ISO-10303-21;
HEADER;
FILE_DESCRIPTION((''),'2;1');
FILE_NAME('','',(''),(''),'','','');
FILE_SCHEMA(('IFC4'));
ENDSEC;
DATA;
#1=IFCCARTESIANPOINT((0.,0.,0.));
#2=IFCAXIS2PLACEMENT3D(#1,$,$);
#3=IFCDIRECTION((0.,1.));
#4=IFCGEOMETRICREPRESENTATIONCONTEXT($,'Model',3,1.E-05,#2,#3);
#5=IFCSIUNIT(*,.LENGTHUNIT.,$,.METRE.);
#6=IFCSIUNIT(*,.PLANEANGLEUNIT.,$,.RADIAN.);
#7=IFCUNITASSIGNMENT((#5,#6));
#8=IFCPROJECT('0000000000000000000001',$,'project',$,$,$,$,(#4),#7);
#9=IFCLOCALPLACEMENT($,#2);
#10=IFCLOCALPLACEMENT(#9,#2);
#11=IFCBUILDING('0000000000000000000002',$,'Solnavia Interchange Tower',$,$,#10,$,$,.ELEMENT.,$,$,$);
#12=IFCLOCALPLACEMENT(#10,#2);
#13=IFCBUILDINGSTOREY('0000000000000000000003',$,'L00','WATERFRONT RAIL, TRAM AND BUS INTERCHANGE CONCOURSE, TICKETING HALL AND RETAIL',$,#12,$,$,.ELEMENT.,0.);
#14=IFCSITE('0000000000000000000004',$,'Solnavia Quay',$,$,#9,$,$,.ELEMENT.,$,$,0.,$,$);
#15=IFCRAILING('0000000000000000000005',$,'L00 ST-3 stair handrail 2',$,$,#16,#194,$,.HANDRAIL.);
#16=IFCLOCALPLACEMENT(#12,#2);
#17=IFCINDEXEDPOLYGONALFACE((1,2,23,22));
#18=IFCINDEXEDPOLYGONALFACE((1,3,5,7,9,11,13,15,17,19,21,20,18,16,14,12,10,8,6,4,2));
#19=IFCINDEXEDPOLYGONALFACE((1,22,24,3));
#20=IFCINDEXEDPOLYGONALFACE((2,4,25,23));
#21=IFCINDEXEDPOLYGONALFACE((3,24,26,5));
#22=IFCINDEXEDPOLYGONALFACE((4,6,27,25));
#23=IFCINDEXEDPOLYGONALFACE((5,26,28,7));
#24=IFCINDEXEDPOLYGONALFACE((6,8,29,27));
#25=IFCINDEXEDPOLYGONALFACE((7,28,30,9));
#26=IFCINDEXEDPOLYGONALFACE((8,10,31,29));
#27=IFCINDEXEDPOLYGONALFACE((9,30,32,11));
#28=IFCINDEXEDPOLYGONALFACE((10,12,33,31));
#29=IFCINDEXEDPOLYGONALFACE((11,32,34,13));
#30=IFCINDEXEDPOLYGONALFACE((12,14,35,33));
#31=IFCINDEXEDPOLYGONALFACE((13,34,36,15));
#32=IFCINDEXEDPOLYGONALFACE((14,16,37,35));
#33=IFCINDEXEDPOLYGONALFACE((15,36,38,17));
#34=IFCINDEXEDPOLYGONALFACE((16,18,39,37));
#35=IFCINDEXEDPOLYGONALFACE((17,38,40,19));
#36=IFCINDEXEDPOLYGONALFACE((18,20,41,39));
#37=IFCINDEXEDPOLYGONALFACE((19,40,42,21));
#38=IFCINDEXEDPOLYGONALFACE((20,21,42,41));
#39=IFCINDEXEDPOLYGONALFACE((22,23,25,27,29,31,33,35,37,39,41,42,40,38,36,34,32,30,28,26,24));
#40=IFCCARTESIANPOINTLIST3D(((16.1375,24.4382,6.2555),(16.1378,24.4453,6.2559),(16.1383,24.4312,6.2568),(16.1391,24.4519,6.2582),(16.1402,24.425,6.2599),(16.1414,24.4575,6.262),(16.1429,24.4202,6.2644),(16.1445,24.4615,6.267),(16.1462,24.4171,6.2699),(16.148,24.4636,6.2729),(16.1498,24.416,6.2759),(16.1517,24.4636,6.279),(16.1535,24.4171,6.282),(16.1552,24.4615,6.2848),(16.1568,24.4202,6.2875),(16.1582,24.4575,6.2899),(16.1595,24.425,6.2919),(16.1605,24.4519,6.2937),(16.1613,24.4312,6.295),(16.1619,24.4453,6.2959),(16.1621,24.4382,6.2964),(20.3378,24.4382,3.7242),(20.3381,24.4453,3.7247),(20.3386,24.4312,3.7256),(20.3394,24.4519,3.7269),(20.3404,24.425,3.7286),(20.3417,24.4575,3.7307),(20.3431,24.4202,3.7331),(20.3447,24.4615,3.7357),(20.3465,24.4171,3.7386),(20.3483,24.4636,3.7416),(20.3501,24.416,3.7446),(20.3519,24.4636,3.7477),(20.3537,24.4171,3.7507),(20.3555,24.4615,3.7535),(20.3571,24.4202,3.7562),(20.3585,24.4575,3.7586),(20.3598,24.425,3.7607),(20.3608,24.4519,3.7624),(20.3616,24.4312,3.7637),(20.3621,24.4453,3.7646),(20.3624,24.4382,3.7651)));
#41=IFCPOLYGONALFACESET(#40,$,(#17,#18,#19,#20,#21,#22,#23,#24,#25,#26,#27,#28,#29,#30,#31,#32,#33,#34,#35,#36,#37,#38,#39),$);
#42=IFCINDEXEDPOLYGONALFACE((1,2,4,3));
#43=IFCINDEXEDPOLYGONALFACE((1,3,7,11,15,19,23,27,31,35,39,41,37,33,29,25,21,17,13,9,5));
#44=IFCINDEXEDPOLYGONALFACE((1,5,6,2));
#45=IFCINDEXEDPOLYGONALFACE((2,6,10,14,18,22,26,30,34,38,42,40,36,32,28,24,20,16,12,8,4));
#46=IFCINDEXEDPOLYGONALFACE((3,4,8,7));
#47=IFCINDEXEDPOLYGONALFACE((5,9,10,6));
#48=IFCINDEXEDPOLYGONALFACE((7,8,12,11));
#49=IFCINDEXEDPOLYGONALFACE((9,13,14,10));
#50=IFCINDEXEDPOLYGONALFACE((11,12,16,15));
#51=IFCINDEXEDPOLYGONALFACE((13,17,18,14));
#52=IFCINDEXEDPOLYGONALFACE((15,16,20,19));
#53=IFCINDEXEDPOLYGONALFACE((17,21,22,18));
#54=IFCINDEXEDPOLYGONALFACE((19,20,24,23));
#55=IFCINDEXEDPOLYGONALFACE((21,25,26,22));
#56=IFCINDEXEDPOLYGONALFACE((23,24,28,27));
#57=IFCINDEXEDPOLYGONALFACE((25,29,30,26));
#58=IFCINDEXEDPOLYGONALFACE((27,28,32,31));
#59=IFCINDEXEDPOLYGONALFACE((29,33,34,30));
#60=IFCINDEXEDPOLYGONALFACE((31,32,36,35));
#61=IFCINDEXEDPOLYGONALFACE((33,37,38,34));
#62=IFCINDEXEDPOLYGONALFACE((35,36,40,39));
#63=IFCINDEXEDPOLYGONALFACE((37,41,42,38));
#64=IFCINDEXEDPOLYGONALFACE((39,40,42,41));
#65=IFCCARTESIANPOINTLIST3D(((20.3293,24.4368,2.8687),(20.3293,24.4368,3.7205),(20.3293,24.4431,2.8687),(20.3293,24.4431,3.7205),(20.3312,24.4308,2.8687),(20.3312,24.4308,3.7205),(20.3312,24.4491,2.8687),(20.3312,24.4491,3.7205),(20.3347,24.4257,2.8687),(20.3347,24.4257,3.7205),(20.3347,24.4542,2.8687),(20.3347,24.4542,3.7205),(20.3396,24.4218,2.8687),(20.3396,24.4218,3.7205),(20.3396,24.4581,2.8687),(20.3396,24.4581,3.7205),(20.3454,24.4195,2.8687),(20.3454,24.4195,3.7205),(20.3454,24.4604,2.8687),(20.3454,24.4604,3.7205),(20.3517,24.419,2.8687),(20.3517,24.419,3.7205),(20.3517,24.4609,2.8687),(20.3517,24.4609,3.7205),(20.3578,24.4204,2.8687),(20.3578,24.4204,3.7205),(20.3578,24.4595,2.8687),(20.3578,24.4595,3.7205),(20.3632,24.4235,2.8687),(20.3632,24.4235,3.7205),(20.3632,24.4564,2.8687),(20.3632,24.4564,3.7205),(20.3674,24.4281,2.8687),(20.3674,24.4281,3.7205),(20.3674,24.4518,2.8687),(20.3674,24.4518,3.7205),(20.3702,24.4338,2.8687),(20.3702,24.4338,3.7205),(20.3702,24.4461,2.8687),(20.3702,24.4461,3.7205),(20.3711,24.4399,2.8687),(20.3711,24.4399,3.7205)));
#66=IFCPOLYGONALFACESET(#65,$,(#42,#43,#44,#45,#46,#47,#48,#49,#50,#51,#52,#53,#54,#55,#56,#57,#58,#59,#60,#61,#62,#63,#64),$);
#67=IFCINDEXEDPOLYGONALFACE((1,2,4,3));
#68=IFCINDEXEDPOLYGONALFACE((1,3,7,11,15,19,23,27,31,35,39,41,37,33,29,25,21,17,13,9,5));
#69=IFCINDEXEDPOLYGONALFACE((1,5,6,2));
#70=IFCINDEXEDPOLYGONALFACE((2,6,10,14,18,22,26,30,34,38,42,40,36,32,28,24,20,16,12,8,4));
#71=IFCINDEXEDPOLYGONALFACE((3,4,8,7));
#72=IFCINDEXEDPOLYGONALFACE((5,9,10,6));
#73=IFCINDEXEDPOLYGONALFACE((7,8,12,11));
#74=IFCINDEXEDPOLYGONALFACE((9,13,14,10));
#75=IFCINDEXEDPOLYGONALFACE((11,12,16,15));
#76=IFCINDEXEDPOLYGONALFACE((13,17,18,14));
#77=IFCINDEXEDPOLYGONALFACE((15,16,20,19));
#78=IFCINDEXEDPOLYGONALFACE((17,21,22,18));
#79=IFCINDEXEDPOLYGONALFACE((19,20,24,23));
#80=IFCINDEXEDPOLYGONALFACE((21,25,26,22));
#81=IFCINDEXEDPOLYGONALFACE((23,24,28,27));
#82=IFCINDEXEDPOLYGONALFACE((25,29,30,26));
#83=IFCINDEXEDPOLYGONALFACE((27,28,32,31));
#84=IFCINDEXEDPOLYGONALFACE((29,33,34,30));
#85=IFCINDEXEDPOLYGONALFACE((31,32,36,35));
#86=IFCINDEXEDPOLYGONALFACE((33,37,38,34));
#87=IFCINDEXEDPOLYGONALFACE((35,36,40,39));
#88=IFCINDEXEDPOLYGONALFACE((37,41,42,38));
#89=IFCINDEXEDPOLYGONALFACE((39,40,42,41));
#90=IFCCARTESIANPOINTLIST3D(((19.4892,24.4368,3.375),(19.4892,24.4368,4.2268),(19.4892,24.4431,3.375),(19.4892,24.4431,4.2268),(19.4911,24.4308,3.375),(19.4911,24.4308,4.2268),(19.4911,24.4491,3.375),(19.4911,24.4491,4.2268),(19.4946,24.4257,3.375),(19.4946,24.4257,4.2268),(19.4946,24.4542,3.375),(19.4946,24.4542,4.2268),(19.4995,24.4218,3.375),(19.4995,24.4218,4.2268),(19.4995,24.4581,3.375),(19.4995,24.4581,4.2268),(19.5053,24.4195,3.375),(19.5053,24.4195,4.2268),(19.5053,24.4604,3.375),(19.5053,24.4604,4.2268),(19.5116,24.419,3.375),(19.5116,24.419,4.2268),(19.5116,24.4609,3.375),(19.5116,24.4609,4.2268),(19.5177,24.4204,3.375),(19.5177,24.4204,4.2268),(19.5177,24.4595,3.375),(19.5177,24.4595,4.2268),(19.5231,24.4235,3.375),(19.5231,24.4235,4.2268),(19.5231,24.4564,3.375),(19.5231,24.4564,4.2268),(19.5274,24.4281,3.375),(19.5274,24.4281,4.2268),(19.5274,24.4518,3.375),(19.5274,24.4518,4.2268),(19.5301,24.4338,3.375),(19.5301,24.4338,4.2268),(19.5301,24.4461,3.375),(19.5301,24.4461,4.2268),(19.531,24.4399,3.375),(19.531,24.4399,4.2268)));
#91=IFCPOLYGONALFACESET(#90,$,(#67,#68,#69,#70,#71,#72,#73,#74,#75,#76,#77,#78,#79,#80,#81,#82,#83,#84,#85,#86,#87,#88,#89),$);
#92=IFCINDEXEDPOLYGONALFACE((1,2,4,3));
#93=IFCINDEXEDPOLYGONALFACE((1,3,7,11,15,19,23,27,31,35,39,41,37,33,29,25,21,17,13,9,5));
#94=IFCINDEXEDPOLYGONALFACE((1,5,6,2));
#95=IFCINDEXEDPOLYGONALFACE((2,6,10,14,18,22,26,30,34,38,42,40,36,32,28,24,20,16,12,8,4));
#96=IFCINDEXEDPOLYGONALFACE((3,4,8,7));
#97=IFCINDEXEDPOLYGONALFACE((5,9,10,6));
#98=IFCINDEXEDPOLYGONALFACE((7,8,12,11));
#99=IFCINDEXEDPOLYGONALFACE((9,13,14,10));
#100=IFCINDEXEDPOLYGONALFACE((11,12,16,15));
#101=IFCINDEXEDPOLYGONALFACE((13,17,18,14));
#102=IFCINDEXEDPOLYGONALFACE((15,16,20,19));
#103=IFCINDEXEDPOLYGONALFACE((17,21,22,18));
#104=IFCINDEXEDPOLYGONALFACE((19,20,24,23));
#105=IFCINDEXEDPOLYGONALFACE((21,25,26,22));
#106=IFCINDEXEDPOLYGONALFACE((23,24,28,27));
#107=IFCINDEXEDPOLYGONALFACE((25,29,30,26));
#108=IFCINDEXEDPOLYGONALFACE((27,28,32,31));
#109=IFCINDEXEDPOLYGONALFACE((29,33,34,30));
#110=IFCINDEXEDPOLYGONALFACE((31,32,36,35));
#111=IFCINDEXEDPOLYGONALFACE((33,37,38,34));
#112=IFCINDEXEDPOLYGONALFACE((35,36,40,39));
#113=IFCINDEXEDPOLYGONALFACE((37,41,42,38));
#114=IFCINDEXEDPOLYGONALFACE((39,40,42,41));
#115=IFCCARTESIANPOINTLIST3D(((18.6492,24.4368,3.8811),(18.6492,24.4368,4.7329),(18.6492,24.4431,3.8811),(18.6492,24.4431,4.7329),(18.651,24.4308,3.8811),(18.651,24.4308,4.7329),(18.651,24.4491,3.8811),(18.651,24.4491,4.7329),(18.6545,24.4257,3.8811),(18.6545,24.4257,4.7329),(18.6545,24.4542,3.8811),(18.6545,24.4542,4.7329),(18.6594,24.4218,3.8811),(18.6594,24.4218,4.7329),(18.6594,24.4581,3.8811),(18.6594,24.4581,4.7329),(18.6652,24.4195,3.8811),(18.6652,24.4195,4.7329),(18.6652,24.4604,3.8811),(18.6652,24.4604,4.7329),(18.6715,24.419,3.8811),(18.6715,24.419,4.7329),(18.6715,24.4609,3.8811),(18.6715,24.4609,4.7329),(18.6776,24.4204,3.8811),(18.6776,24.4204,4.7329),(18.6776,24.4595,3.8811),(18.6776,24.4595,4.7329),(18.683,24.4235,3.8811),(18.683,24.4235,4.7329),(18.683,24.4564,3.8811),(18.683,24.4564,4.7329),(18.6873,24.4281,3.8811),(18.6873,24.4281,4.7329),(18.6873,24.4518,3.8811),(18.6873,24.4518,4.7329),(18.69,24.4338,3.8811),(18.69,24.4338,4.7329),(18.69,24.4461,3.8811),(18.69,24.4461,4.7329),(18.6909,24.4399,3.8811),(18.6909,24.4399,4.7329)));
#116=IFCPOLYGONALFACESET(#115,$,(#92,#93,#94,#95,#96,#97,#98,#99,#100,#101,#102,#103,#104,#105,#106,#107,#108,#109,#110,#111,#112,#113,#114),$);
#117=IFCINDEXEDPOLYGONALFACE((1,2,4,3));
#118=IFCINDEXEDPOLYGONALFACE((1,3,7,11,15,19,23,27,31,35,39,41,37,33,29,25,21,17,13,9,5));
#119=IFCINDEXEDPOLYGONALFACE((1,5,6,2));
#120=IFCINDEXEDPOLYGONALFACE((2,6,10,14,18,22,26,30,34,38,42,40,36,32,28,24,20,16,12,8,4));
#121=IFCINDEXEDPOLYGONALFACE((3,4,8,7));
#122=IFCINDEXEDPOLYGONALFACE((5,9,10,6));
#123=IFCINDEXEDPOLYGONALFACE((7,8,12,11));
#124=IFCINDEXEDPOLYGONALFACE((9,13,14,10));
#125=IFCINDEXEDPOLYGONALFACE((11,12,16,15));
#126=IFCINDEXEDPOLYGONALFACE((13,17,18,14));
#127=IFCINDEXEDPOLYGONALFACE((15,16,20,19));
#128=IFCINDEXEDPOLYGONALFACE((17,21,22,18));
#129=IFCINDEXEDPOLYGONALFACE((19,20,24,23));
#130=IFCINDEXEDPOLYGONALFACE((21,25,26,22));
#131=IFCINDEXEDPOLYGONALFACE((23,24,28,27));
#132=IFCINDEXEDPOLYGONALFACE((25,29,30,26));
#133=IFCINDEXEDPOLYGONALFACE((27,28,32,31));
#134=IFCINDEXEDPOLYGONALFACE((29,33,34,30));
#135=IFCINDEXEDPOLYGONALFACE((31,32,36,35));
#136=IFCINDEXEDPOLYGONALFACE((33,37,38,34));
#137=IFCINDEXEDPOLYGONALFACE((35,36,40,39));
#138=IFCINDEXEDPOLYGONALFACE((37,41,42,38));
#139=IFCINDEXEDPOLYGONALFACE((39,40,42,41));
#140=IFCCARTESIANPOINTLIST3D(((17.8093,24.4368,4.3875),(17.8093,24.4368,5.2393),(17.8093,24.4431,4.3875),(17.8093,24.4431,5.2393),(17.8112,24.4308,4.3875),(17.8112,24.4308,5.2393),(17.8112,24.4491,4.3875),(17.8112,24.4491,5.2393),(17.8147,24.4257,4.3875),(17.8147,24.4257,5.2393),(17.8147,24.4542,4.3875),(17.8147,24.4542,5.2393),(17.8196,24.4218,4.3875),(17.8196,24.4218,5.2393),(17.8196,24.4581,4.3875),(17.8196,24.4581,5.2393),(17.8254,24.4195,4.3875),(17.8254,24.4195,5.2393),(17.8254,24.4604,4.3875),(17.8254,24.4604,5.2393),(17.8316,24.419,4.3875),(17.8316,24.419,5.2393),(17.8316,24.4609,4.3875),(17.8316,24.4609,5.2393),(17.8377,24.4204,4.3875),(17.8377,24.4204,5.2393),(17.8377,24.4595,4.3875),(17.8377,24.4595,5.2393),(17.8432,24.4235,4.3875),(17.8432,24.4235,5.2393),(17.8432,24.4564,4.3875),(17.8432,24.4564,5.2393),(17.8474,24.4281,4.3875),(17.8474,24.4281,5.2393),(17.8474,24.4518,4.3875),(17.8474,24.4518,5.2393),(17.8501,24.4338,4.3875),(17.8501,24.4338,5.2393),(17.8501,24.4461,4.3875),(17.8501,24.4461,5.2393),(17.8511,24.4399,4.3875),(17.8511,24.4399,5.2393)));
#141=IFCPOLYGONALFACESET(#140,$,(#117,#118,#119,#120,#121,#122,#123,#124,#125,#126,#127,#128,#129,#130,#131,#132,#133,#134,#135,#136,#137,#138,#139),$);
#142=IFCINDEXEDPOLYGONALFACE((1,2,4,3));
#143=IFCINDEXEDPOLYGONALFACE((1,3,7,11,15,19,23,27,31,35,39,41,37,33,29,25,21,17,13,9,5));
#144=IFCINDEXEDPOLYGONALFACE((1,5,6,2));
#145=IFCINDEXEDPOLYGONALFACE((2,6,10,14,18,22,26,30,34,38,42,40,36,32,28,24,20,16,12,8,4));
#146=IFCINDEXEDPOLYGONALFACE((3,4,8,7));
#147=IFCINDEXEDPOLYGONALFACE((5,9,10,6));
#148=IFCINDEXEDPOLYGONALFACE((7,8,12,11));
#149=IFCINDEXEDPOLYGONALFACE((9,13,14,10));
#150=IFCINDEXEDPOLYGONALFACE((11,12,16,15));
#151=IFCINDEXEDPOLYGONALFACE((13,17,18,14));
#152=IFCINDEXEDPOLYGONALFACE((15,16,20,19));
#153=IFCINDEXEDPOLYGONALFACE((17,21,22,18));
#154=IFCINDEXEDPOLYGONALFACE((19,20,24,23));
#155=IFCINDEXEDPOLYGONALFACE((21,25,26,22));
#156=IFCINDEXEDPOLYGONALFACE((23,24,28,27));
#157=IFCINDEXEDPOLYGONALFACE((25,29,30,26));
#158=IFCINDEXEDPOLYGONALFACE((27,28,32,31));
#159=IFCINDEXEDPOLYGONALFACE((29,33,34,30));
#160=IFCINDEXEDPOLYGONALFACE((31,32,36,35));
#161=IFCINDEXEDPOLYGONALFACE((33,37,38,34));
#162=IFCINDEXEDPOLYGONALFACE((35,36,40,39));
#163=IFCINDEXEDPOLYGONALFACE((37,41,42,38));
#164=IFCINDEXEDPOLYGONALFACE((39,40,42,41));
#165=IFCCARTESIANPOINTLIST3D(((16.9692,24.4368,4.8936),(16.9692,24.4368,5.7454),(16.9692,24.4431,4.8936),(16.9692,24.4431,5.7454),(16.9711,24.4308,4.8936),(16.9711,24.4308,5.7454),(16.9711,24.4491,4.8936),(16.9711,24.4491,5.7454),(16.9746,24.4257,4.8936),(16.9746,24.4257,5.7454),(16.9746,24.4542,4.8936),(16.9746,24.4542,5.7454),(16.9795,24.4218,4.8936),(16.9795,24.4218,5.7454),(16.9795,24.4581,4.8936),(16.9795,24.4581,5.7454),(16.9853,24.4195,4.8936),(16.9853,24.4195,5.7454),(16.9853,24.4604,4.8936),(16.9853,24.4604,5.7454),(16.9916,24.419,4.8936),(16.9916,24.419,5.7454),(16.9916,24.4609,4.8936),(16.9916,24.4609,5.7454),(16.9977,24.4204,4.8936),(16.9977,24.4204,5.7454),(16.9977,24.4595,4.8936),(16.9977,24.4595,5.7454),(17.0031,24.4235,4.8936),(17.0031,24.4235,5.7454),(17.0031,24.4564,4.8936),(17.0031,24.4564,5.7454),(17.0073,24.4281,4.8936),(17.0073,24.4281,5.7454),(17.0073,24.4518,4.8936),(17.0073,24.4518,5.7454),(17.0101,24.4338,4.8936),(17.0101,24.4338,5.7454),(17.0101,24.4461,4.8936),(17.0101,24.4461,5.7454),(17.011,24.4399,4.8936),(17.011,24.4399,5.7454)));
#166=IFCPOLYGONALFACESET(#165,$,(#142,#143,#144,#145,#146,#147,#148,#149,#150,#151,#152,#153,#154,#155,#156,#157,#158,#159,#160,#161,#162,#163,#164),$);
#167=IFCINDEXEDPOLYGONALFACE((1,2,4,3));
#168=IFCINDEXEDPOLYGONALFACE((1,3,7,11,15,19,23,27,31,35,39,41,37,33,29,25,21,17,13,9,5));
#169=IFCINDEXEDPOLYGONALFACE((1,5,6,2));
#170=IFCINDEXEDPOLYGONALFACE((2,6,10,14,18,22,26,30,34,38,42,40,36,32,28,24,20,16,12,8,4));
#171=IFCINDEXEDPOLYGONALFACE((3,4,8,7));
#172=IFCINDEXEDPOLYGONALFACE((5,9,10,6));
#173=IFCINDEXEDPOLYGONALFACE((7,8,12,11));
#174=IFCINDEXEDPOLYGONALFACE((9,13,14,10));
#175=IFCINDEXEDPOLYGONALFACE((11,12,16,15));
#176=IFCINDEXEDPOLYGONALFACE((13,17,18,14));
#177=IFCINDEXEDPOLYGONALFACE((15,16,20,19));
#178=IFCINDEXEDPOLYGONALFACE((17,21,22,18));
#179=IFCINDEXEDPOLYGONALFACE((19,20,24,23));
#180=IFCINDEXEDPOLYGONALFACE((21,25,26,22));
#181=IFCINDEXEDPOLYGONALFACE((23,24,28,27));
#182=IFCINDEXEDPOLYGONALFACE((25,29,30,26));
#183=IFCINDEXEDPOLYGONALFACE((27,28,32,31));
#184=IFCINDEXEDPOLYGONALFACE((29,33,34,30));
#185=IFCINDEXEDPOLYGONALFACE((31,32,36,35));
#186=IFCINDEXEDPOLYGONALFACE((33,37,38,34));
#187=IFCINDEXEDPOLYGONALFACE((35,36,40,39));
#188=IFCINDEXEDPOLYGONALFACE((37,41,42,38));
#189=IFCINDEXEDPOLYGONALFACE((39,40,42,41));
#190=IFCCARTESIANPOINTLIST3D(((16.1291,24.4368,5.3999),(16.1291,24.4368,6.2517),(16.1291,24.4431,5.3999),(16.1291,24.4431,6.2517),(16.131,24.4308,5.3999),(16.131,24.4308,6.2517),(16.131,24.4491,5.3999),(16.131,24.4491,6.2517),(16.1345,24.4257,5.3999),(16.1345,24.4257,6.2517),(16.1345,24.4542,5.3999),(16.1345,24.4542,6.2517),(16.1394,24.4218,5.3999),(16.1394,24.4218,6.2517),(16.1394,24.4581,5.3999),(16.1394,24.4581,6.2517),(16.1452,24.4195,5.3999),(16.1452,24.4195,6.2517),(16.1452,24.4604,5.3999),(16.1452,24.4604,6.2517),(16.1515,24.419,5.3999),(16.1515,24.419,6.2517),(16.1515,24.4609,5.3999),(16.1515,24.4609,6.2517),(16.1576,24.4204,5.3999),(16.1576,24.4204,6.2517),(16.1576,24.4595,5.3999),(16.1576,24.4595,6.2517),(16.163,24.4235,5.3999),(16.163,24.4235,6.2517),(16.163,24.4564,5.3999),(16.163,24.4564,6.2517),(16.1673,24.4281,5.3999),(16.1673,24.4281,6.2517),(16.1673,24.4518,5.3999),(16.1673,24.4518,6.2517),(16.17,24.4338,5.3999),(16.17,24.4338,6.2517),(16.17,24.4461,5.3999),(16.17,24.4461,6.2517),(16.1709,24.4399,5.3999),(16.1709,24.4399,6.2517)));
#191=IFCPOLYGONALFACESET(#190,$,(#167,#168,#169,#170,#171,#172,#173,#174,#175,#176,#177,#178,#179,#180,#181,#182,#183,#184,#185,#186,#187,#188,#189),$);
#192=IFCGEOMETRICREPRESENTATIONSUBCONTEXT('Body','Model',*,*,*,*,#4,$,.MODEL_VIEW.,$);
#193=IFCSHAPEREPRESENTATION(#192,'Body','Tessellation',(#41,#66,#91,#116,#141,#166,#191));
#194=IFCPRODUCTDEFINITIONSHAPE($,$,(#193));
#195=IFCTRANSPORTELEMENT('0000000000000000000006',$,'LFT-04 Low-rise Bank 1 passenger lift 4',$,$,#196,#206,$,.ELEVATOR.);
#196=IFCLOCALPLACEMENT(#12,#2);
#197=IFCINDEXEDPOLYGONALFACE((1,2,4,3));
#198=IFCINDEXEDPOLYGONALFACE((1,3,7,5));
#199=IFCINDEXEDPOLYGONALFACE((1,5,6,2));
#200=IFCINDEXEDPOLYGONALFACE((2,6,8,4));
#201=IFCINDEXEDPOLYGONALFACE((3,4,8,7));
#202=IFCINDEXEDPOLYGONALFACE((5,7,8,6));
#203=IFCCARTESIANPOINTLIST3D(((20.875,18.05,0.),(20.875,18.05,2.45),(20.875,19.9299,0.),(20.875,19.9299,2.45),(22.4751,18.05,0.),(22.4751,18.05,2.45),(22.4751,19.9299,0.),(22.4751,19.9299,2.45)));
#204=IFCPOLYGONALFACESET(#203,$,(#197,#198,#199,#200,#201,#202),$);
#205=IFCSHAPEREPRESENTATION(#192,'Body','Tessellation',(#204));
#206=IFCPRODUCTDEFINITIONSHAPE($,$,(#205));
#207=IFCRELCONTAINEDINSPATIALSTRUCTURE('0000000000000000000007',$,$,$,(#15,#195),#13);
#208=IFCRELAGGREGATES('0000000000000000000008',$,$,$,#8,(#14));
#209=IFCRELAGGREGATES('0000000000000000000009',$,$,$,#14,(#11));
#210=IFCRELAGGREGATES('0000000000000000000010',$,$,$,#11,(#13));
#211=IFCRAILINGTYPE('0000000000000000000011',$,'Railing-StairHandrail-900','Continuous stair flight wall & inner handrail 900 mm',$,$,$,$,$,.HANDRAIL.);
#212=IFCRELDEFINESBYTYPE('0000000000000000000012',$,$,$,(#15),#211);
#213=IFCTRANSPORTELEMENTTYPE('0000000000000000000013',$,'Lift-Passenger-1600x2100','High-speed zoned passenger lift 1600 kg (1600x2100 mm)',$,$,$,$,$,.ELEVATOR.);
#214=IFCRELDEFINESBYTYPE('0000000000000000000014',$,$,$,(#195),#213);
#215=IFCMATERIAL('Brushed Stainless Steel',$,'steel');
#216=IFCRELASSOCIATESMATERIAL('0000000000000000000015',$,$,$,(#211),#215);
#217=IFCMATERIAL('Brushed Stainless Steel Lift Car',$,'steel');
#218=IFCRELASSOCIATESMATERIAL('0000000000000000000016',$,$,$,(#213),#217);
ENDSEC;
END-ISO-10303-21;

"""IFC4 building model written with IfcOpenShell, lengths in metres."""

from ifc_helpers import new_model, si_unit, direction, frame, origin, origin_2d, place, context, subcontext, project, spatial, rectangle, circle, extrude, material, type_object, element, save


model = new_model("IFC4")

# Units and contexts
model_context = context("Model", 3, precision=1e-05, world=origin(), true_north=direction((0.0, 1.0)))
body_context = subcontext(model_context, "Body", "Model", "MODEL_VIEW")
ifc_project = project(units=[si_unit("LENGTHUNIT", "METRE"), si_unit("PLANEANGLEUNIT", "RADIAN")], contexts=[model_context])

# Site, building, storey
site_placement = place(None, origin())
site = spatial("IfcSite", under=ifc_project, at=site_placement, Name="Solnavia Quay", CompositionType="ELEMENT", RefElevation=0.0)
building_placement = place(site_placement, origin())
building = spatial("IfcBuilding", under=site, at=building_placement, Name="Solnavia Interchange Tower", CompositionType="ELEMENT")
storey_placement = place(building_placement, origin())
storey = spatial("IfcBuildingStorey", under=building, at=storey_placement, Name="L00", Description="WATERFRONT RAIL, TRAM AND BUS INTERCHANGE CONCOURSE, TICKETING HALL AND RETAIL", CompositionType="ELEMENT", Elevation=0.0)

# Railing
ifc_material_1 = material(Name="Brushed Stainless Steel", Category="steel")
railing_type_1 = type_object("IfcRailingType", Name="Railing-StairHandrail-900", Description="Continuous stair flight wall & inner handrail 900 mm", PredefinedType="HANDRAIL", material=ifc_material_1)
railing_1_placement = place(storey_placement, frame((20.3501, 24.4399, 2.8687)))
element("IfcRailing", 1, at=railing_1_placement, inside=storey, type_object=railing_type_1, Name="L00 ST-3 stair handrail 2", PredefinedType="HANDRAIL", context=body_context, shape_type="SweptSolid", body=[
    extrude(circle(Radius=0.0239, at=origin_2d()), frame((0.0, 0.0, 0.876), z_axis=(-0.85649, 0.0, 0.516164), x_axis=(0.0, -1.0, 0.0)), (0.0, 0.0, 1.0), 4.9041),
    extrude(circle(Radius=0.021, at=origin_2d()), origin(), (0.0, 0.0, 1.0), 0.8518),
    extrude(circle(Radius=0.021, at=origin_2d()), frame((-0.8401, 0.0, 0.5063)), (0.0, 0.0, 1.0), 0.8518),
    extrude(circle(Radius=0.021, at=origin_2d()), frame((-1.6802, 0.0, 1.0125)), (0.0, 0.0, 1.0), 0.8518),
    extrude(circle(Radius=0.021, at=origin_2d()), frame((-2.52, 0.0, 1.5188)), (0.0, 0.0, 1.0), 0.8518),
    extrude(circle(Radius=0.021, at=origin_2d()), frame((-3.3601, 0.0, 2.0249)), (0.0, 0.0, 1.0), 0.8518),
    extrude(circle(Radius=0.021, at=origin_2d()), frame((-4.2002, 0.0, 2.5312)), (0.0, 0.0, 1.0), 0.8518),
])

# Transport element
ifc_material_2 = material(Name="Brushed Stainless Steel Lift Car", Category="steel")
transport_element_type = type_object("IfcTransportElementType", Name="Lift-Passenger-1600x2100", Description="High-speed zoned passenger lift 1600 kg (1600x2100 mm)", PredefinedType="ELEVATOR", material=ifc_material_2)
transport_element_placement = place(storey_placement, frame((21.675, 18.99, 0.0), z_axis=(0.0, 0.0, 1.0), x_axis=(1.0, 0.0, 0.0)))
element("IfcTransportElement", 2, at=transport_element_placement, inside=storey, type_object=transport_element_type, Name="LFT-04 Low-rise Bank 1 passenger lift 4", PredefinedType="ELEVATOR", context=body_context, shape_type="SweptSolid", body=[
    extrude(rectangle(XDim=1.6001, YDim=1.8799, at=origin_2d()), origin(), (0.0, 0.0, 1.0), 2.45),
])

save(model, "model.ifc")
